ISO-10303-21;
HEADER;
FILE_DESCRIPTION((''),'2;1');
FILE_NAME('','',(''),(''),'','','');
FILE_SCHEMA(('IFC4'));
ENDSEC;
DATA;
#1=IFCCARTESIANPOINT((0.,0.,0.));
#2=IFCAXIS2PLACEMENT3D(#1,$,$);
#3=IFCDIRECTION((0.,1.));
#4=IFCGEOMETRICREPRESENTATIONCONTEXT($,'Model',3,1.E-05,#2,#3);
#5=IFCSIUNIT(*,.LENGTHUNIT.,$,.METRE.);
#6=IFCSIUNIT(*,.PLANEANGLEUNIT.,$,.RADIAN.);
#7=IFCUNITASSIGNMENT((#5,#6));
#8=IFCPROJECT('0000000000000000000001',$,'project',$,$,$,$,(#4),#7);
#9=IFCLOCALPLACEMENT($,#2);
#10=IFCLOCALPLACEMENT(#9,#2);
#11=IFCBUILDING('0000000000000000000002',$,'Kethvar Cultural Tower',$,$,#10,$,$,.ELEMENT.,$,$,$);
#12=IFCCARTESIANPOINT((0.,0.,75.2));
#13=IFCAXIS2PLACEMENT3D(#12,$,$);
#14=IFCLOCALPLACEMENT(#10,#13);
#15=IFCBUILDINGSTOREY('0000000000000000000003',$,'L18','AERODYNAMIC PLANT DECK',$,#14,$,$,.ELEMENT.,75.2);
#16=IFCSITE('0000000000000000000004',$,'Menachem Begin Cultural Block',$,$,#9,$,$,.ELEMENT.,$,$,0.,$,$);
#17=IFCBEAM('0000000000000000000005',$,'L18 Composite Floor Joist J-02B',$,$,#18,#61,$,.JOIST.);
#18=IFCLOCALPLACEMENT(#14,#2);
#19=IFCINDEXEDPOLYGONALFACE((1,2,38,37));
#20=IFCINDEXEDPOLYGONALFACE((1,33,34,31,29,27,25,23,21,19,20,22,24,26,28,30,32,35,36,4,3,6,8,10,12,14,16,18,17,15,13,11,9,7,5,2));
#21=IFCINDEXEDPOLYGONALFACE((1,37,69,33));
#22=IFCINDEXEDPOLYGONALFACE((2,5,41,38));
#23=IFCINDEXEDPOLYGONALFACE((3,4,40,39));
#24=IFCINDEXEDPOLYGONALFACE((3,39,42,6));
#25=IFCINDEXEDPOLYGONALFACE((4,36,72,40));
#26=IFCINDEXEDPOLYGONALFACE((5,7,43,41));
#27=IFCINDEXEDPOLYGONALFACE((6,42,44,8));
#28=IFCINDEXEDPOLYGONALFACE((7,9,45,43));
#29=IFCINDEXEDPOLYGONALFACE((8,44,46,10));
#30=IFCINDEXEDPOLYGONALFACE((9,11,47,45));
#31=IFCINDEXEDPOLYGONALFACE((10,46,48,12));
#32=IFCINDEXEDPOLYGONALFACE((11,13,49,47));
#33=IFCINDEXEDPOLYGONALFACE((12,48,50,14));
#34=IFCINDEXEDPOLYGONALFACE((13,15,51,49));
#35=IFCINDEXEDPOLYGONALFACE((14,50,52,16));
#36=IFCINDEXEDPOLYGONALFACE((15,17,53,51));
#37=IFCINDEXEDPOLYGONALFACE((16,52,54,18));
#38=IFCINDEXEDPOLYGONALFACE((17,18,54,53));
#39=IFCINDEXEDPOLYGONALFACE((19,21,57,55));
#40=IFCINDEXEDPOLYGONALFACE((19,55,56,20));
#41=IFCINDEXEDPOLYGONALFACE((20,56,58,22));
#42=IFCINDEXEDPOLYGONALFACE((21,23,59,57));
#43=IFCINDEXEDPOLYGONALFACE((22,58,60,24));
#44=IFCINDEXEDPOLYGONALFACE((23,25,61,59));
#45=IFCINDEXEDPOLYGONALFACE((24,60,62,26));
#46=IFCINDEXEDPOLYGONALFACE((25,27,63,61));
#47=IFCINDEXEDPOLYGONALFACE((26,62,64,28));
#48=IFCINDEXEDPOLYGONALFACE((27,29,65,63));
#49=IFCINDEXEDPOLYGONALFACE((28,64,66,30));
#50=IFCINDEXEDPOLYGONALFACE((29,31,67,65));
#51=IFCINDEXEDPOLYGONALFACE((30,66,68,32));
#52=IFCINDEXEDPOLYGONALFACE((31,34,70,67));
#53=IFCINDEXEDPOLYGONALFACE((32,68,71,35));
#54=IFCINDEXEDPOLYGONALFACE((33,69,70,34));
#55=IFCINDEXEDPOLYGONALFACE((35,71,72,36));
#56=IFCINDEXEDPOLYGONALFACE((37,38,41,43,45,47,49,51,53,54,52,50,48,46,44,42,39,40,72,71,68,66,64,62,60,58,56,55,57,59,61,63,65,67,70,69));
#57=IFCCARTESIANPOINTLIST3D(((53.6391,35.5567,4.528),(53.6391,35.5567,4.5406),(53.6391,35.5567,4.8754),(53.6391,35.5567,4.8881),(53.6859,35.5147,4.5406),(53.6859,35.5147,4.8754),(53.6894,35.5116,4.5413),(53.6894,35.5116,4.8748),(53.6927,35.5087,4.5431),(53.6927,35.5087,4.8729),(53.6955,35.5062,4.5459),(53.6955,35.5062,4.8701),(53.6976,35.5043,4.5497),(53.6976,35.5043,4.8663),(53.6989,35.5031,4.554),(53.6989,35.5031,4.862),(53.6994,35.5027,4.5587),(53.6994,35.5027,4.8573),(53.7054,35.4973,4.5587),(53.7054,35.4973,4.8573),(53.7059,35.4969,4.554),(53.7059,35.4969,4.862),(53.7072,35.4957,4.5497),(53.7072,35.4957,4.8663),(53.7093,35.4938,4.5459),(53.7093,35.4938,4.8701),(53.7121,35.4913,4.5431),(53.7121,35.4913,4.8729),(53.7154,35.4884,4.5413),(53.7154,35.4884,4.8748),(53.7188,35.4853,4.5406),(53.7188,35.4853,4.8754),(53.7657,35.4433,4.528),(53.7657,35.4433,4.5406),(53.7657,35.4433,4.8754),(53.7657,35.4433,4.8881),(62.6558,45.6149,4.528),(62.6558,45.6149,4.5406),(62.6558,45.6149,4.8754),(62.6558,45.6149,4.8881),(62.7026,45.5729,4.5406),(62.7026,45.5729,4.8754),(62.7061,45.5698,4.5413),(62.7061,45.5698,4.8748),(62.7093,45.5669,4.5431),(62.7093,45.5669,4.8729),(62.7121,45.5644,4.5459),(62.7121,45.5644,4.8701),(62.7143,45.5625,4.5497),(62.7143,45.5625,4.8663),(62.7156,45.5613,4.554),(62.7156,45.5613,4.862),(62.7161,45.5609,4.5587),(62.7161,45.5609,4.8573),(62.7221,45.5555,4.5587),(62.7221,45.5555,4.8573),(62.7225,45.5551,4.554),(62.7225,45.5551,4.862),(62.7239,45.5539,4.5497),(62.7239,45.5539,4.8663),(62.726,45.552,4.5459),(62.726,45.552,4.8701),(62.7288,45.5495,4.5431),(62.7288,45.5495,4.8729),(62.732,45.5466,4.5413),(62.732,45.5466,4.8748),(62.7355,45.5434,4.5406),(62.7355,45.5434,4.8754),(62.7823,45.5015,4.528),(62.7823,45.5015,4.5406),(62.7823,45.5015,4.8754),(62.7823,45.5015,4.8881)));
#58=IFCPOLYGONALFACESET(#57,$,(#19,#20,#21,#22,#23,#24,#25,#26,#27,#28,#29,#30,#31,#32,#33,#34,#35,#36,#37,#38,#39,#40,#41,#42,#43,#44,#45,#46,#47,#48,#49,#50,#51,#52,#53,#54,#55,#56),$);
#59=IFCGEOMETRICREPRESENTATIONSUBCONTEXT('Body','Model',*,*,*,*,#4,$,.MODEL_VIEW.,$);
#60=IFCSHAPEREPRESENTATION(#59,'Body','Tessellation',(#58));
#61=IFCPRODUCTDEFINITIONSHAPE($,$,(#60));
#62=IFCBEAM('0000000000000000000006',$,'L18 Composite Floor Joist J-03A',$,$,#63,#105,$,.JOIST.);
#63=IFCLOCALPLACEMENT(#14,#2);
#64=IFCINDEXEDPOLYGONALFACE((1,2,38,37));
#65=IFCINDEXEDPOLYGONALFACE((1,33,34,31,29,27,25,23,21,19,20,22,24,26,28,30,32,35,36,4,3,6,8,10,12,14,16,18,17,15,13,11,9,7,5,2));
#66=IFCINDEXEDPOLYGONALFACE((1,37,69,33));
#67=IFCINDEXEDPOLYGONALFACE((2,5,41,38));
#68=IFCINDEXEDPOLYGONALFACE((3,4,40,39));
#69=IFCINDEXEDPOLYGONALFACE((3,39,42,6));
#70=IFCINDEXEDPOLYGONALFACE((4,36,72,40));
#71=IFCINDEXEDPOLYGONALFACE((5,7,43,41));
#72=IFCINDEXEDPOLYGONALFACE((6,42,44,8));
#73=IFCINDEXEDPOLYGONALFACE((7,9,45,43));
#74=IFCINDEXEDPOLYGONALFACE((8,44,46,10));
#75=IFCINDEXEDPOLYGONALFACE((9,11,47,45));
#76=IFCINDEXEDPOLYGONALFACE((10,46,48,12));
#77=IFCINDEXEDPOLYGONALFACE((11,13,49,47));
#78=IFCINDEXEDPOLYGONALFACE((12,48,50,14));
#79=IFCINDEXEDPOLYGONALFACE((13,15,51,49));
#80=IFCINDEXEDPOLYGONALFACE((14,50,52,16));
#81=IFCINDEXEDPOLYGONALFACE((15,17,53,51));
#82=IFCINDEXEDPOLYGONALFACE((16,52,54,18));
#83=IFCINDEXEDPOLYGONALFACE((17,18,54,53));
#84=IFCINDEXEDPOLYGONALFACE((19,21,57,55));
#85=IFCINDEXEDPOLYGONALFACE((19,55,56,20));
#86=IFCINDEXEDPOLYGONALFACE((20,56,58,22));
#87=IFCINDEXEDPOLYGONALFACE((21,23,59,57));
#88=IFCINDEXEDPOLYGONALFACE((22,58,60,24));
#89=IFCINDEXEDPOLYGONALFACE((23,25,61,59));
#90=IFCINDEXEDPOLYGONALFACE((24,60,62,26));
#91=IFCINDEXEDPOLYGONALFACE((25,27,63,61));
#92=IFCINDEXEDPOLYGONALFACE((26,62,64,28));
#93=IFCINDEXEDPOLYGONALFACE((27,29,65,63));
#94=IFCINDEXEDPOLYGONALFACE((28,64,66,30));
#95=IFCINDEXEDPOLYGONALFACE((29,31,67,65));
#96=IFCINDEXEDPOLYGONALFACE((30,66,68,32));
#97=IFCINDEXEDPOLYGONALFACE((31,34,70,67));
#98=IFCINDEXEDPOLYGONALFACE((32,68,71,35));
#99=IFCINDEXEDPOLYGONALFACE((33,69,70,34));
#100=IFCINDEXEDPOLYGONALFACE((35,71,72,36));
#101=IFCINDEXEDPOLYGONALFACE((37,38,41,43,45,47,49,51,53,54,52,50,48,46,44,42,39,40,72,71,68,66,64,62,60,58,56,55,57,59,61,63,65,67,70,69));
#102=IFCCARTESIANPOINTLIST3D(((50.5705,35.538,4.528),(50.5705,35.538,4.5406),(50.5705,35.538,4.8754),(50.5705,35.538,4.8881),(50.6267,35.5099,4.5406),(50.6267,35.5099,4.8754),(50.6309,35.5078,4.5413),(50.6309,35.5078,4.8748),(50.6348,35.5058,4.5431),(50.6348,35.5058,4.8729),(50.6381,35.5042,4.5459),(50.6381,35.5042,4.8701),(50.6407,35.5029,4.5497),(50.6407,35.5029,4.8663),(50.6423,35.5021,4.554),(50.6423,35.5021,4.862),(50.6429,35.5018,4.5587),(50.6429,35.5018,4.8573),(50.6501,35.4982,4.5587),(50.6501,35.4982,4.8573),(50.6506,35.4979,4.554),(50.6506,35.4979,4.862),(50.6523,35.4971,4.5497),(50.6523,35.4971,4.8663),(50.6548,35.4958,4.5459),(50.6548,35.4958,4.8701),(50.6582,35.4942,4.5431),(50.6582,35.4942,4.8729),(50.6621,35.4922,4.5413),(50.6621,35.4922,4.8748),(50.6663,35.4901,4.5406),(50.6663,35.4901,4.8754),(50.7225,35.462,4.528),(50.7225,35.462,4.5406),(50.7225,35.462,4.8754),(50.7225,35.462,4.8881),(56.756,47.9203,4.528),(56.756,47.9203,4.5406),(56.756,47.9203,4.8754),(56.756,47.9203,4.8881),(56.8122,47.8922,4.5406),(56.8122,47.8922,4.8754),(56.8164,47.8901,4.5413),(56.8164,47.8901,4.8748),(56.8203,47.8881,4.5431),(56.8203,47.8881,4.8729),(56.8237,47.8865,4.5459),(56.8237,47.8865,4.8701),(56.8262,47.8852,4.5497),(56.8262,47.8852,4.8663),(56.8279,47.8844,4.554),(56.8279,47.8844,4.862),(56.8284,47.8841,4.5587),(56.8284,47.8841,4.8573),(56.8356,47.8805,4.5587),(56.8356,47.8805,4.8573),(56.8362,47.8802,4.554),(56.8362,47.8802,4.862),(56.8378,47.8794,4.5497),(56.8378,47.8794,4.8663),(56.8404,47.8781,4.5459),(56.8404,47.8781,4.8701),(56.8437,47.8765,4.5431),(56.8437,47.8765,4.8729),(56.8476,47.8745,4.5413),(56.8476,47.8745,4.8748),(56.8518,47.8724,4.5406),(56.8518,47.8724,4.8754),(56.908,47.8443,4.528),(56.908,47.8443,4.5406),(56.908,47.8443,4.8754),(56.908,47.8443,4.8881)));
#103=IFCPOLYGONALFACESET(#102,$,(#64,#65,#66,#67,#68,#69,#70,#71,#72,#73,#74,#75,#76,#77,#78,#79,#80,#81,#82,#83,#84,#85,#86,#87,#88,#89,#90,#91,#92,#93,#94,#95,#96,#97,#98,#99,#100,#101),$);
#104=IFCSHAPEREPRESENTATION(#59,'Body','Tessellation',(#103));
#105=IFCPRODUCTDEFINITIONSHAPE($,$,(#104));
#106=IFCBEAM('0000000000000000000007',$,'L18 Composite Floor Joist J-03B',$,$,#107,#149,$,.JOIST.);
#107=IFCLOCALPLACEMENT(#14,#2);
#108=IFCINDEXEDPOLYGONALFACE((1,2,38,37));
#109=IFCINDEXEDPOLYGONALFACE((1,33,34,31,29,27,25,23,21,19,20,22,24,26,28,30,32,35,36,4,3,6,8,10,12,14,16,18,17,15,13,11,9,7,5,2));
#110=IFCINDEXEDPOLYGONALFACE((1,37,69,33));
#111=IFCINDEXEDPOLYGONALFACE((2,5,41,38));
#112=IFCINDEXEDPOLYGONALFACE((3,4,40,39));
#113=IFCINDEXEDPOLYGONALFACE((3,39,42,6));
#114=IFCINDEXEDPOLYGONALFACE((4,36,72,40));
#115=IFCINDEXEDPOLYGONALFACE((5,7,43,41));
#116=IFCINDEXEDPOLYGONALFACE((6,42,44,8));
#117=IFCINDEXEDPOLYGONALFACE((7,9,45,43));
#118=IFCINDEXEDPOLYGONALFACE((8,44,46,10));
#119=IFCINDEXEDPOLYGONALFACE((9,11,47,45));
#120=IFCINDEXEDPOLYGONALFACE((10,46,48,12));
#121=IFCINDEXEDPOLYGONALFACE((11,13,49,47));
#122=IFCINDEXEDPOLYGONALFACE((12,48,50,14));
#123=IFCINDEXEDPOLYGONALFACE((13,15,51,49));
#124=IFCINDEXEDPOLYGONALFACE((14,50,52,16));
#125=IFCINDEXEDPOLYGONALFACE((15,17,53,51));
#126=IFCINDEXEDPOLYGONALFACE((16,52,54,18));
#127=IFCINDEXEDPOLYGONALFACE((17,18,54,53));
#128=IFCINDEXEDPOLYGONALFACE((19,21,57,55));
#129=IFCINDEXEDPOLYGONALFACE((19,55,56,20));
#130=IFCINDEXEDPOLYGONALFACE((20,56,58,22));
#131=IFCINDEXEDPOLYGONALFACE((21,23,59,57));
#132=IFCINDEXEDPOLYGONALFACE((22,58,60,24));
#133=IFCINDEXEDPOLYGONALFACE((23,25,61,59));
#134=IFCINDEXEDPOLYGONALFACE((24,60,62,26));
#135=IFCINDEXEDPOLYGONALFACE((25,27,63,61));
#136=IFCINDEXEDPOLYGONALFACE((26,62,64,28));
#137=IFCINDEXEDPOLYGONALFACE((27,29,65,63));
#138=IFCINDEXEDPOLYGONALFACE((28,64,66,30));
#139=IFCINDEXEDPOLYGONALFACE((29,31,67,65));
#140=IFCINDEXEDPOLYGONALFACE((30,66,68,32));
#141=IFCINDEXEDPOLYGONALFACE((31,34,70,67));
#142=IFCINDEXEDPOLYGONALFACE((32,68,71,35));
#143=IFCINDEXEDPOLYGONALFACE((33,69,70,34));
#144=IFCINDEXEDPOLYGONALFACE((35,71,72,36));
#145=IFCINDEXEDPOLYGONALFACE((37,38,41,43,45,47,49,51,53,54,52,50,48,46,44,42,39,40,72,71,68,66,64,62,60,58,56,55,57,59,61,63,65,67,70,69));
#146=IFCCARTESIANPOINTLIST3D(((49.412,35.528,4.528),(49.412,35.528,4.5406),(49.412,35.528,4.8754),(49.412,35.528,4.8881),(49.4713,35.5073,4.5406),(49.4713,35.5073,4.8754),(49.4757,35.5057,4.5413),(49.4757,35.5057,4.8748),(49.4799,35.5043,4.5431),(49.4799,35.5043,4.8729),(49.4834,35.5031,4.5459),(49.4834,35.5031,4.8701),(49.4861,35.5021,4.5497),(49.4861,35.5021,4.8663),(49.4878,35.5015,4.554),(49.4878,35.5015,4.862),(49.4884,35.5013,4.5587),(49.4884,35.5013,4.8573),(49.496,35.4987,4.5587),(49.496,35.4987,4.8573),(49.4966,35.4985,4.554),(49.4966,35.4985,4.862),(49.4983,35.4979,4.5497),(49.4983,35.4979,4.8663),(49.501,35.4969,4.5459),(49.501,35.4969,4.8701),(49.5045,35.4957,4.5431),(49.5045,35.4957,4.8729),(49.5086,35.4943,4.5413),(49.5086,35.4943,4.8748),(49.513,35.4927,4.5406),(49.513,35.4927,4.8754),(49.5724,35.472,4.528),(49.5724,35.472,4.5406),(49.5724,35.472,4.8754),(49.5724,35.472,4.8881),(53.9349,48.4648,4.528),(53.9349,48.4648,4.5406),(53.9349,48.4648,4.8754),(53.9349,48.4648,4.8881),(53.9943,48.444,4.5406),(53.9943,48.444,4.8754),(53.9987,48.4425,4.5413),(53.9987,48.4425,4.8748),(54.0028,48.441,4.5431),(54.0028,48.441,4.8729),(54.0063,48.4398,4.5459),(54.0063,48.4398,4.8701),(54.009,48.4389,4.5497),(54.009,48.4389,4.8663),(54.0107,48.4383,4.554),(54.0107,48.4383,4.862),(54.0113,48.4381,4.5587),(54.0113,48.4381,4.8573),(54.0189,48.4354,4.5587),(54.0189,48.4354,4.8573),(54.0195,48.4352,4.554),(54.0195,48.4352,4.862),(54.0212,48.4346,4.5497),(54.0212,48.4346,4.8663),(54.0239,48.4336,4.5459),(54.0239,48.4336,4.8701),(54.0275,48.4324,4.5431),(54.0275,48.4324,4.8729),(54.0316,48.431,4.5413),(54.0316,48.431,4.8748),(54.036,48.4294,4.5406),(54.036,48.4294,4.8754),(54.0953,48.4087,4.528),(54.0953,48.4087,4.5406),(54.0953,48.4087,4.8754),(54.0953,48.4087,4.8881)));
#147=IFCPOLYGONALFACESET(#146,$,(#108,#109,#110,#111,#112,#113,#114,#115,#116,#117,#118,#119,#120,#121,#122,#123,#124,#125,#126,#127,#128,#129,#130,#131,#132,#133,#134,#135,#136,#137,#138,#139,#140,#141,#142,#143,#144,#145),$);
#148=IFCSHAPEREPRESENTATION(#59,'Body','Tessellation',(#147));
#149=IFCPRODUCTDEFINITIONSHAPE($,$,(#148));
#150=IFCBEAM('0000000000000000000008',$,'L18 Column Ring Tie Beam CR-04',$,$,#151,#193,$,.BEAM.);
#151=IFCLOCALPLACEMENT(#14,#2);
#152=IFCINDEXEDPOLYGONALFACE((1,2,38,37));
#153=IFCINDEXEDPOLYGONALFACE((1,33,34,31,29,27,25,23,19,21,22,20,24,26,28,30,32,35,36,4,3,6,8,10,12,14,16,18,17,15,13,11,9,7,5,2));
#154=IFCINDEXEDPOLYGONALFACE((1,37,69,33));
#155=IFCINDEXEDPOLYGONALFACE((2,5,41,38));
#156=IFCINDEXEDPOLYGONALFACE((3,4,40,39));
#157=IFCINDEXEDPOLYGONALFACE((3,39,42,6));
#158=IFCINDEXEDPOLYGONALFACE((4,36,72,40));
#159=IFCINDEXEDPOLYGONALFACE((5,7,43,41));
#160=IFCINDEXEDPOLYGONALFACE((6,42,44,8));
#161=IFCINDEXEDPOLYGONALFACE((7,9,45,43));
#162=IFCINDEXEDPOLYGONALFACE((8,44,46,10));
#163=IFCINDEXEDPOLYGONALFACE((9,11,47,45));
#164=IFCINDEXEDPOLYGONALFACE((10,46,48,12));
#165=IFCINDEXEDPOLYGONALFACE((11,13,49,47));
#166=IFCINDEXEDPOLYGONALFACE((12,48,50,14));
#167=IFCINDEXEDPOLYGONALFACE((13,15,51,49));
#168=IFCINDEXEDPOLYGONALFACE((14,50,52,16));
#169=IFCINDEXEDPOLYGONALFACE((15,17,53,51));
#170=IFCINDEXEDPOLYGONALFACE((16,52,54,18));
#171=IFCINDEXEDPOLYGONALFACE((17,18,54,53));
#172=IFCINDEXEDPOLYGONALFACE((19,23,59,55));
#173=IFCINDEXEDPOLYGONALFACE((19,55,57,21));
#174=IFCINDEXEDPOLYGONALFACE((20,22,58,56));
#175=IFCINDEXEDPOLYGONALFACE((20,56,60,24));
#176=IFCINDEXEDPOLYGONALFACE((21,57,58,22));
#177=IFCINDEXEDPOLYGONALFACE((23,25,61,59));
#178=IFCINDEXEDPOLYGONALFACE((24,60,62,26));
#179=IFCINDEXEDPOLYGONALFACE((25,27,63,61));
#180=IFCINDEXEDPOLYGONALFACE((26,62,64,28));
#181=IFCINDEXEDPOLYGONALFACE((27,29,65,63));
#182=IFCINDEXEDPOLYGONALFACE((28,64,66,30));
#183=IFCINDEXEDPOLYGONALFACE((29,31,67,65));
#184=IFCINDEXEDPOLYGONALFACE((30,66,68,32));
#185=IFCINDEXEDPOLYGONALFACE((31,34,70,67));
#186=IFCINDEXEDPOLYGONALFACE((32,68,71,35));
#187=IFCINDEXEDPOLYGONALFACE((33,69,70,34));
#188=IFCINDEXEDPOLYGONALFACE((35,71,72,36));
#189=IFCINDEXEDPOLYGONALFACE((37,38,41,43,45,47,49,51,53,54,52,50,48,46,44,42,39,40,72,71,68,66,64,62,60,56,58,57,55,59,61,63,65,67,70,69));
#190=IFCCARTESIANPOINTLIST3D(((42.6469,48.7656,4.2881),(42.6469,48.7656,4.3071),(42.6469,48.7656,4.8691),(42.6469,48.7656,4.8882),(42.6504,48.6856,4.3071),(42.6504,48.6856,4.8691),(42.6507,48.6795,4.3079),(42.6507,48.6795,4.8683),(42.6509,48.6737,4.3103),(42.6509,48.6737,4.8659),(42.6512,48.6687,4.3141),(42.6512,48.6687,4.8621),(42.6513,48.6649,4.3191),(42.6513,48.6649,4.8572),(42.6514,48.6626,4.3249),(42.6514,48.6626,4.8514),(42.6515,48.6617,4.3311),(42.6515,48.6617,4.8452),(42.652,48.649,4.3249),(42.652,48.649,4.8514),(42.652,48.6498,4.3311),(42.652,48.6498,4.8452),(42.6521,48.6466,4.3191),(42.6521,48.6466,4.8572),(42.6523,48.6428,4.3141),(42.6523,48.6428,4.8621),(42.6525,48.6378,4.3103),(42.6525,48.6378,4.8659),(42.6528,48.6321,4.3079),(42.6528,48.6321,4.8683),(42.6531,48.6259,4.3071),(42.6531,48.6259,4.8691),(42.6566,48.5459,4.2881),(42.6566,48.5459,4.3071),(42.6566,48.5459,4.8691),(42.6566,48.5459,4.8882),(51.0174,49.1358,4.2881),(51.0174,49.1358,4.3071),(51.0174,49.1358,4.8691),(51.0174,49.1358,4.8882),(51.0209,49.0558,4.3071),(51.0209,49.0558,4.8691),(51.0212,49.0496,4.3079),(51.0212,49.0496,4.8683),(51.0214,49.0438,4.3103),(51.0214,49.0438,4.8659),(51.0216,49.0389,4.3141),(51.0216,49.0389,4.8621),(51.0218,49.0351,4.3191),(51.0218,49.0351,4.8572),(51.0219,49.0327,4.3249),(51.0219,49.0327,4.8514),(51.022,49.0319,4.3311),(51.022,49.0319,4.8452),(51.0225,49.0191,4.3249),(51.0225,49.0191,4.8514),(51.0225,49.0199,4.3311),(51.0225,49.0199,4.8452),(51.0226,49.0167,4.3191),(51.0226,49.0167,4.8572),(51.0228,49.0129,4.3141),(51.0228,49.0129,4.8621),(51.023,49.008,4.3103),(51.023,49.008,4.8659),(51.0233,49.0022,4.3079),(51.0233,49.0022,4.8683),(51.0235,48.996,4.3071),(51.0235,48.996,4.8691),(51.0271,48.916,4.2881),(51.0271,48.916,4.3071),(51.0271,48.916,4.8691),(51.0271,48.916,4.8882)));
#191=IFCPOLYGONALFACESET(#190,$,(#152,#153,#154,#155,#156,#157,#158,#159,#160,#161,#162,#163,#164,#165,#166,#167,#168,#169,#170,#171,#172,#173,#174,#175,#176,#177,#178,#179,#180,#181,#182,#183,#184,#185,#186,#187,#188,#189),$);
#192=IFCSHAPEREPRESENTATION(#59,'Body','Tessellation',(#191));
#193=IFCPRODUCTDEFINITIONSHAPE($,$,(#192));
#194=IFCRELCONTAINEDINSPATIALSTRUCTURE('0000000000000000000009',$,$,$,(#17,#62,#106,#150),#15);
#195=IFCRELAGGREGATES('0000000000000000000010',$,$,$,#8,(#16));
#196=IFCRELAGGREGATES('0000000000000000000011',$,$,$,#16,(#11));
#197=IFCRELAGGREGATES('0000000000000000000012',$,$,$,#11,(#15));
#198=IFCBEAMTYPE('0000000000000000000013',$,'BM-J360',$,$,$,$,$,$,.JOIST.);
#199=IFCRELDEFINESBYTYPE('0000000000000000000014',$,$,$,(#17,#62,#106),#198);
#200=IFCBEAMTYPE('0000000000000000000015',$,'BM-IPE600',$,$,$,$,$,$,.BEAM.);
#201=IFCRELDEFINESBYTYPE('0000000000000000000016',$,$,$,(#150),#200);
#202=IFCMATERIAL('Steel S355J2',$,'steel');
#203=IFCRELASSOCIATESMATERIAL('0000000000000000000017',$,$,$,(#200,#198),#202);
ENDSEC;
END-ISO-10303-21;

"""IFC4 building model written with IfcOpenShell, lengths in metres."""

from ifc_helpers import new_model, si_unit, direction, frame, origin, origin_2d, place, context, subcontext, project, spatial, i_section, extrude, source, transform, mapped, material, material_profile, profile_set, type_object, element, save


model = new_model("IFC4")

# Units and contexts
model_context = context("Model", 3, precision=1e-05, world=origin(), true_north=direction((0.0, 1.0)))
body_context = subcontext(model_context, "Body", "Model", "MODEL_VIEW")
ifc_project = project(units=[si_unit("LENGTHUNIT", "METRE"), si_unit("PLANEANGLEUNIT", "RADIAN")], contexts=[model_context])

# Site, building, storey
site_placement = place(None, origin())
site = spatial("IfcSite", under=ifc_project, at=site_placement, Name="Menachem Begin Cultural Block", CompositionType="ELEMENT", RefElevation=0.0)
building_placement = place(site_placement, origin())
building = spatial("IfcBuilding", under=site, at=building_placement, Name="Kethvar Cultural Tower", CompositionType="ELEMENT")
storey_placement = place(building_placement, frame((0.0, 0.0, 75.2)))
storey = spatial("IfcBuildingStorey", under=building, at=storey_placement, Name="L18", Description="AERODYNAMIC PLANT DECK", CompositionType="ELEMENT", Elevation=75.2)

# Beams
ifc_material_1 = material(Name="Steel S355J2", Category="steel")
ifc_material_profile_1 = material_profile(ifc_material_1, i_section(OverallWidth=0.22, OverallDepth=0.6001, WebThickness=0.012, FlangeThickness=0.019, FilletRadius=0.0239, at=origin_2d()), Name="Steel S355J2 — IPE600")
ifc_profile_set_1 = profile_set([ifc_material_profile_1], Name="Steel S355J2 — IPE600")
beam_type_1 = type_object("IfcBeamType", Name="BM-IPE600", PredefinedType="BEAM", material=ifc_profile_set_1)
ifc_material_profile_2 = material_profile(ifc_material_1, i_section(OverallWidth=0.1699, OverallDepth=0.3601, WebThickness=0.0081, FlangeThickness=0.0127, FilletRadius=0.0181, at=origin_2d()), Name="Steel S355J2 — IPE360")
ifc_profile_set_2 = profile_set([ifc_material_profile_2], Name="Steel S355J2 — IPE360")
beam_type_2 = type_object("IfcBeamType", Name="BM-J360", PredefinedType="JOIST", material=ifc_profile_set_2)
shared_shape_1 = source(origin(), body_context, "Body", "SweptSolid", [
    extrude(i_section(OverallWidth=0.1699, OverallDepth=0.3601, WebThickness=0.0081, FlangeThickness=0.0127, FilletRadius=0.0181, at=origin_2d()), origin(), (0.0, 0.0, 1.0), 13.5081),
])
beam_1_placement = place(storey_placement, frame((53.7024, 35.5, 4.708), z_axis=(0.667504, 0.744607, 0.0), x_axis=(-0.744607, 0.667504, 0.0)))
element("IfcBeam", 1, at=beam_1_placement, inside=storey, type_object=beam_type_2, Name="L18 Composite Floor Joist J-02B", PredefinedType="JOIST", context=body_context, shape_type="MappedRepresentation", body=[
    mapped(shared_shape_1, transform((0.0, 0.0, 0.0), scale=1.0)),
])
shared_shape_2 = source(origin(), body_context, "Body", "SweptSolid", [
    extrude(i_section(OverallWidth=0.1699, OverallDepth=0.3601, WebThickness=0.0081, FlangeThickness=0.0127, FilletRadius=0.0181, at=origin_2d()), origin(), (0.0, 0.0, 1.0), 13.8413),
])
beam_2_placement = place(storey_placement, frame((50.6465, 35.5, 4.708), z_axis=(0.446889, 0.894589, 0.0), x_axis=(-0.894589, 0.446889, 0.0)))
element("IfcBeam", 2, at=beam_2_placement, inside=storey, type_object=beam_type_2, Name="L18 Composite Floor Joist J-03A", PredefinedType="JOIST", context=body_context, shape_type="MappedRepresentation", body=[
    mapped(shared_shape_2, transform((0.0, 0.0, 0.0), scale=1.0)),
])
shared_shape_3 = source(origin(), body_context, "Body", "SweptSolid", [
    extrude(i_section(OverallWidth=0.1699, OverallDepth=0.3601, WebThickness=0.0081, FlangeThickness=0.0127, FilletRadius=0.0181, at=origin_2d()), origin(), (0.0, 0.0, 1.0), 13.7046),
])
beam_3_placement = place(storey_placement, frame((49.4922, 35.5, 4.708), z_axis=(0.330031, 0.94397, 0.0), x_axis=(-0.94397, 0.330031, 0.0)))
element("IfcBeam", 3, at=beam_3_placement, inside=storey, type_object=beam_type_2, Name="L18 Composite Floor Joist J-03B", PredefinedType="JOIST", context=body_context, shape_type="MappedRepresentation", body=[
    mapped(shared_shape_3, transform((0.0, 0.0, 0.0), scale=1.0)),
])
shared_shape_4 = source(origin(), body_context, "Body", "SweptSolid", [
    extrude(i_section(OverallWidth=0.22, OverallDepth=0.6001, WebThickness=0.012, FlangeThickness=0.019, FilletRadius=0.0239, at=origin_2d()), origin(), (0.0, 0.0, 1.0), 8.3787),
])
beam_4_placement = place(storey_placement, frame((51.0222, 49.0259, 4.5881), z_axis=(-0.999024, -0.044173, 0.0), x_axis=(0.044173, -0.999024, 0.0)))
element("IfcBeam", 4, at=beam_4_placement, inside=storey, type_object=beam_type_1, Name="L18 Column Ring Tie Beam CR-04", PredefinedType="BEAM", context=body_context, shape_type="MappedRepresentation", body=[
    mapped(shared_shape_4, transform((0.0, 0.0, 0.0), scale=1.0)),
])

save(model, "model.ifc")
